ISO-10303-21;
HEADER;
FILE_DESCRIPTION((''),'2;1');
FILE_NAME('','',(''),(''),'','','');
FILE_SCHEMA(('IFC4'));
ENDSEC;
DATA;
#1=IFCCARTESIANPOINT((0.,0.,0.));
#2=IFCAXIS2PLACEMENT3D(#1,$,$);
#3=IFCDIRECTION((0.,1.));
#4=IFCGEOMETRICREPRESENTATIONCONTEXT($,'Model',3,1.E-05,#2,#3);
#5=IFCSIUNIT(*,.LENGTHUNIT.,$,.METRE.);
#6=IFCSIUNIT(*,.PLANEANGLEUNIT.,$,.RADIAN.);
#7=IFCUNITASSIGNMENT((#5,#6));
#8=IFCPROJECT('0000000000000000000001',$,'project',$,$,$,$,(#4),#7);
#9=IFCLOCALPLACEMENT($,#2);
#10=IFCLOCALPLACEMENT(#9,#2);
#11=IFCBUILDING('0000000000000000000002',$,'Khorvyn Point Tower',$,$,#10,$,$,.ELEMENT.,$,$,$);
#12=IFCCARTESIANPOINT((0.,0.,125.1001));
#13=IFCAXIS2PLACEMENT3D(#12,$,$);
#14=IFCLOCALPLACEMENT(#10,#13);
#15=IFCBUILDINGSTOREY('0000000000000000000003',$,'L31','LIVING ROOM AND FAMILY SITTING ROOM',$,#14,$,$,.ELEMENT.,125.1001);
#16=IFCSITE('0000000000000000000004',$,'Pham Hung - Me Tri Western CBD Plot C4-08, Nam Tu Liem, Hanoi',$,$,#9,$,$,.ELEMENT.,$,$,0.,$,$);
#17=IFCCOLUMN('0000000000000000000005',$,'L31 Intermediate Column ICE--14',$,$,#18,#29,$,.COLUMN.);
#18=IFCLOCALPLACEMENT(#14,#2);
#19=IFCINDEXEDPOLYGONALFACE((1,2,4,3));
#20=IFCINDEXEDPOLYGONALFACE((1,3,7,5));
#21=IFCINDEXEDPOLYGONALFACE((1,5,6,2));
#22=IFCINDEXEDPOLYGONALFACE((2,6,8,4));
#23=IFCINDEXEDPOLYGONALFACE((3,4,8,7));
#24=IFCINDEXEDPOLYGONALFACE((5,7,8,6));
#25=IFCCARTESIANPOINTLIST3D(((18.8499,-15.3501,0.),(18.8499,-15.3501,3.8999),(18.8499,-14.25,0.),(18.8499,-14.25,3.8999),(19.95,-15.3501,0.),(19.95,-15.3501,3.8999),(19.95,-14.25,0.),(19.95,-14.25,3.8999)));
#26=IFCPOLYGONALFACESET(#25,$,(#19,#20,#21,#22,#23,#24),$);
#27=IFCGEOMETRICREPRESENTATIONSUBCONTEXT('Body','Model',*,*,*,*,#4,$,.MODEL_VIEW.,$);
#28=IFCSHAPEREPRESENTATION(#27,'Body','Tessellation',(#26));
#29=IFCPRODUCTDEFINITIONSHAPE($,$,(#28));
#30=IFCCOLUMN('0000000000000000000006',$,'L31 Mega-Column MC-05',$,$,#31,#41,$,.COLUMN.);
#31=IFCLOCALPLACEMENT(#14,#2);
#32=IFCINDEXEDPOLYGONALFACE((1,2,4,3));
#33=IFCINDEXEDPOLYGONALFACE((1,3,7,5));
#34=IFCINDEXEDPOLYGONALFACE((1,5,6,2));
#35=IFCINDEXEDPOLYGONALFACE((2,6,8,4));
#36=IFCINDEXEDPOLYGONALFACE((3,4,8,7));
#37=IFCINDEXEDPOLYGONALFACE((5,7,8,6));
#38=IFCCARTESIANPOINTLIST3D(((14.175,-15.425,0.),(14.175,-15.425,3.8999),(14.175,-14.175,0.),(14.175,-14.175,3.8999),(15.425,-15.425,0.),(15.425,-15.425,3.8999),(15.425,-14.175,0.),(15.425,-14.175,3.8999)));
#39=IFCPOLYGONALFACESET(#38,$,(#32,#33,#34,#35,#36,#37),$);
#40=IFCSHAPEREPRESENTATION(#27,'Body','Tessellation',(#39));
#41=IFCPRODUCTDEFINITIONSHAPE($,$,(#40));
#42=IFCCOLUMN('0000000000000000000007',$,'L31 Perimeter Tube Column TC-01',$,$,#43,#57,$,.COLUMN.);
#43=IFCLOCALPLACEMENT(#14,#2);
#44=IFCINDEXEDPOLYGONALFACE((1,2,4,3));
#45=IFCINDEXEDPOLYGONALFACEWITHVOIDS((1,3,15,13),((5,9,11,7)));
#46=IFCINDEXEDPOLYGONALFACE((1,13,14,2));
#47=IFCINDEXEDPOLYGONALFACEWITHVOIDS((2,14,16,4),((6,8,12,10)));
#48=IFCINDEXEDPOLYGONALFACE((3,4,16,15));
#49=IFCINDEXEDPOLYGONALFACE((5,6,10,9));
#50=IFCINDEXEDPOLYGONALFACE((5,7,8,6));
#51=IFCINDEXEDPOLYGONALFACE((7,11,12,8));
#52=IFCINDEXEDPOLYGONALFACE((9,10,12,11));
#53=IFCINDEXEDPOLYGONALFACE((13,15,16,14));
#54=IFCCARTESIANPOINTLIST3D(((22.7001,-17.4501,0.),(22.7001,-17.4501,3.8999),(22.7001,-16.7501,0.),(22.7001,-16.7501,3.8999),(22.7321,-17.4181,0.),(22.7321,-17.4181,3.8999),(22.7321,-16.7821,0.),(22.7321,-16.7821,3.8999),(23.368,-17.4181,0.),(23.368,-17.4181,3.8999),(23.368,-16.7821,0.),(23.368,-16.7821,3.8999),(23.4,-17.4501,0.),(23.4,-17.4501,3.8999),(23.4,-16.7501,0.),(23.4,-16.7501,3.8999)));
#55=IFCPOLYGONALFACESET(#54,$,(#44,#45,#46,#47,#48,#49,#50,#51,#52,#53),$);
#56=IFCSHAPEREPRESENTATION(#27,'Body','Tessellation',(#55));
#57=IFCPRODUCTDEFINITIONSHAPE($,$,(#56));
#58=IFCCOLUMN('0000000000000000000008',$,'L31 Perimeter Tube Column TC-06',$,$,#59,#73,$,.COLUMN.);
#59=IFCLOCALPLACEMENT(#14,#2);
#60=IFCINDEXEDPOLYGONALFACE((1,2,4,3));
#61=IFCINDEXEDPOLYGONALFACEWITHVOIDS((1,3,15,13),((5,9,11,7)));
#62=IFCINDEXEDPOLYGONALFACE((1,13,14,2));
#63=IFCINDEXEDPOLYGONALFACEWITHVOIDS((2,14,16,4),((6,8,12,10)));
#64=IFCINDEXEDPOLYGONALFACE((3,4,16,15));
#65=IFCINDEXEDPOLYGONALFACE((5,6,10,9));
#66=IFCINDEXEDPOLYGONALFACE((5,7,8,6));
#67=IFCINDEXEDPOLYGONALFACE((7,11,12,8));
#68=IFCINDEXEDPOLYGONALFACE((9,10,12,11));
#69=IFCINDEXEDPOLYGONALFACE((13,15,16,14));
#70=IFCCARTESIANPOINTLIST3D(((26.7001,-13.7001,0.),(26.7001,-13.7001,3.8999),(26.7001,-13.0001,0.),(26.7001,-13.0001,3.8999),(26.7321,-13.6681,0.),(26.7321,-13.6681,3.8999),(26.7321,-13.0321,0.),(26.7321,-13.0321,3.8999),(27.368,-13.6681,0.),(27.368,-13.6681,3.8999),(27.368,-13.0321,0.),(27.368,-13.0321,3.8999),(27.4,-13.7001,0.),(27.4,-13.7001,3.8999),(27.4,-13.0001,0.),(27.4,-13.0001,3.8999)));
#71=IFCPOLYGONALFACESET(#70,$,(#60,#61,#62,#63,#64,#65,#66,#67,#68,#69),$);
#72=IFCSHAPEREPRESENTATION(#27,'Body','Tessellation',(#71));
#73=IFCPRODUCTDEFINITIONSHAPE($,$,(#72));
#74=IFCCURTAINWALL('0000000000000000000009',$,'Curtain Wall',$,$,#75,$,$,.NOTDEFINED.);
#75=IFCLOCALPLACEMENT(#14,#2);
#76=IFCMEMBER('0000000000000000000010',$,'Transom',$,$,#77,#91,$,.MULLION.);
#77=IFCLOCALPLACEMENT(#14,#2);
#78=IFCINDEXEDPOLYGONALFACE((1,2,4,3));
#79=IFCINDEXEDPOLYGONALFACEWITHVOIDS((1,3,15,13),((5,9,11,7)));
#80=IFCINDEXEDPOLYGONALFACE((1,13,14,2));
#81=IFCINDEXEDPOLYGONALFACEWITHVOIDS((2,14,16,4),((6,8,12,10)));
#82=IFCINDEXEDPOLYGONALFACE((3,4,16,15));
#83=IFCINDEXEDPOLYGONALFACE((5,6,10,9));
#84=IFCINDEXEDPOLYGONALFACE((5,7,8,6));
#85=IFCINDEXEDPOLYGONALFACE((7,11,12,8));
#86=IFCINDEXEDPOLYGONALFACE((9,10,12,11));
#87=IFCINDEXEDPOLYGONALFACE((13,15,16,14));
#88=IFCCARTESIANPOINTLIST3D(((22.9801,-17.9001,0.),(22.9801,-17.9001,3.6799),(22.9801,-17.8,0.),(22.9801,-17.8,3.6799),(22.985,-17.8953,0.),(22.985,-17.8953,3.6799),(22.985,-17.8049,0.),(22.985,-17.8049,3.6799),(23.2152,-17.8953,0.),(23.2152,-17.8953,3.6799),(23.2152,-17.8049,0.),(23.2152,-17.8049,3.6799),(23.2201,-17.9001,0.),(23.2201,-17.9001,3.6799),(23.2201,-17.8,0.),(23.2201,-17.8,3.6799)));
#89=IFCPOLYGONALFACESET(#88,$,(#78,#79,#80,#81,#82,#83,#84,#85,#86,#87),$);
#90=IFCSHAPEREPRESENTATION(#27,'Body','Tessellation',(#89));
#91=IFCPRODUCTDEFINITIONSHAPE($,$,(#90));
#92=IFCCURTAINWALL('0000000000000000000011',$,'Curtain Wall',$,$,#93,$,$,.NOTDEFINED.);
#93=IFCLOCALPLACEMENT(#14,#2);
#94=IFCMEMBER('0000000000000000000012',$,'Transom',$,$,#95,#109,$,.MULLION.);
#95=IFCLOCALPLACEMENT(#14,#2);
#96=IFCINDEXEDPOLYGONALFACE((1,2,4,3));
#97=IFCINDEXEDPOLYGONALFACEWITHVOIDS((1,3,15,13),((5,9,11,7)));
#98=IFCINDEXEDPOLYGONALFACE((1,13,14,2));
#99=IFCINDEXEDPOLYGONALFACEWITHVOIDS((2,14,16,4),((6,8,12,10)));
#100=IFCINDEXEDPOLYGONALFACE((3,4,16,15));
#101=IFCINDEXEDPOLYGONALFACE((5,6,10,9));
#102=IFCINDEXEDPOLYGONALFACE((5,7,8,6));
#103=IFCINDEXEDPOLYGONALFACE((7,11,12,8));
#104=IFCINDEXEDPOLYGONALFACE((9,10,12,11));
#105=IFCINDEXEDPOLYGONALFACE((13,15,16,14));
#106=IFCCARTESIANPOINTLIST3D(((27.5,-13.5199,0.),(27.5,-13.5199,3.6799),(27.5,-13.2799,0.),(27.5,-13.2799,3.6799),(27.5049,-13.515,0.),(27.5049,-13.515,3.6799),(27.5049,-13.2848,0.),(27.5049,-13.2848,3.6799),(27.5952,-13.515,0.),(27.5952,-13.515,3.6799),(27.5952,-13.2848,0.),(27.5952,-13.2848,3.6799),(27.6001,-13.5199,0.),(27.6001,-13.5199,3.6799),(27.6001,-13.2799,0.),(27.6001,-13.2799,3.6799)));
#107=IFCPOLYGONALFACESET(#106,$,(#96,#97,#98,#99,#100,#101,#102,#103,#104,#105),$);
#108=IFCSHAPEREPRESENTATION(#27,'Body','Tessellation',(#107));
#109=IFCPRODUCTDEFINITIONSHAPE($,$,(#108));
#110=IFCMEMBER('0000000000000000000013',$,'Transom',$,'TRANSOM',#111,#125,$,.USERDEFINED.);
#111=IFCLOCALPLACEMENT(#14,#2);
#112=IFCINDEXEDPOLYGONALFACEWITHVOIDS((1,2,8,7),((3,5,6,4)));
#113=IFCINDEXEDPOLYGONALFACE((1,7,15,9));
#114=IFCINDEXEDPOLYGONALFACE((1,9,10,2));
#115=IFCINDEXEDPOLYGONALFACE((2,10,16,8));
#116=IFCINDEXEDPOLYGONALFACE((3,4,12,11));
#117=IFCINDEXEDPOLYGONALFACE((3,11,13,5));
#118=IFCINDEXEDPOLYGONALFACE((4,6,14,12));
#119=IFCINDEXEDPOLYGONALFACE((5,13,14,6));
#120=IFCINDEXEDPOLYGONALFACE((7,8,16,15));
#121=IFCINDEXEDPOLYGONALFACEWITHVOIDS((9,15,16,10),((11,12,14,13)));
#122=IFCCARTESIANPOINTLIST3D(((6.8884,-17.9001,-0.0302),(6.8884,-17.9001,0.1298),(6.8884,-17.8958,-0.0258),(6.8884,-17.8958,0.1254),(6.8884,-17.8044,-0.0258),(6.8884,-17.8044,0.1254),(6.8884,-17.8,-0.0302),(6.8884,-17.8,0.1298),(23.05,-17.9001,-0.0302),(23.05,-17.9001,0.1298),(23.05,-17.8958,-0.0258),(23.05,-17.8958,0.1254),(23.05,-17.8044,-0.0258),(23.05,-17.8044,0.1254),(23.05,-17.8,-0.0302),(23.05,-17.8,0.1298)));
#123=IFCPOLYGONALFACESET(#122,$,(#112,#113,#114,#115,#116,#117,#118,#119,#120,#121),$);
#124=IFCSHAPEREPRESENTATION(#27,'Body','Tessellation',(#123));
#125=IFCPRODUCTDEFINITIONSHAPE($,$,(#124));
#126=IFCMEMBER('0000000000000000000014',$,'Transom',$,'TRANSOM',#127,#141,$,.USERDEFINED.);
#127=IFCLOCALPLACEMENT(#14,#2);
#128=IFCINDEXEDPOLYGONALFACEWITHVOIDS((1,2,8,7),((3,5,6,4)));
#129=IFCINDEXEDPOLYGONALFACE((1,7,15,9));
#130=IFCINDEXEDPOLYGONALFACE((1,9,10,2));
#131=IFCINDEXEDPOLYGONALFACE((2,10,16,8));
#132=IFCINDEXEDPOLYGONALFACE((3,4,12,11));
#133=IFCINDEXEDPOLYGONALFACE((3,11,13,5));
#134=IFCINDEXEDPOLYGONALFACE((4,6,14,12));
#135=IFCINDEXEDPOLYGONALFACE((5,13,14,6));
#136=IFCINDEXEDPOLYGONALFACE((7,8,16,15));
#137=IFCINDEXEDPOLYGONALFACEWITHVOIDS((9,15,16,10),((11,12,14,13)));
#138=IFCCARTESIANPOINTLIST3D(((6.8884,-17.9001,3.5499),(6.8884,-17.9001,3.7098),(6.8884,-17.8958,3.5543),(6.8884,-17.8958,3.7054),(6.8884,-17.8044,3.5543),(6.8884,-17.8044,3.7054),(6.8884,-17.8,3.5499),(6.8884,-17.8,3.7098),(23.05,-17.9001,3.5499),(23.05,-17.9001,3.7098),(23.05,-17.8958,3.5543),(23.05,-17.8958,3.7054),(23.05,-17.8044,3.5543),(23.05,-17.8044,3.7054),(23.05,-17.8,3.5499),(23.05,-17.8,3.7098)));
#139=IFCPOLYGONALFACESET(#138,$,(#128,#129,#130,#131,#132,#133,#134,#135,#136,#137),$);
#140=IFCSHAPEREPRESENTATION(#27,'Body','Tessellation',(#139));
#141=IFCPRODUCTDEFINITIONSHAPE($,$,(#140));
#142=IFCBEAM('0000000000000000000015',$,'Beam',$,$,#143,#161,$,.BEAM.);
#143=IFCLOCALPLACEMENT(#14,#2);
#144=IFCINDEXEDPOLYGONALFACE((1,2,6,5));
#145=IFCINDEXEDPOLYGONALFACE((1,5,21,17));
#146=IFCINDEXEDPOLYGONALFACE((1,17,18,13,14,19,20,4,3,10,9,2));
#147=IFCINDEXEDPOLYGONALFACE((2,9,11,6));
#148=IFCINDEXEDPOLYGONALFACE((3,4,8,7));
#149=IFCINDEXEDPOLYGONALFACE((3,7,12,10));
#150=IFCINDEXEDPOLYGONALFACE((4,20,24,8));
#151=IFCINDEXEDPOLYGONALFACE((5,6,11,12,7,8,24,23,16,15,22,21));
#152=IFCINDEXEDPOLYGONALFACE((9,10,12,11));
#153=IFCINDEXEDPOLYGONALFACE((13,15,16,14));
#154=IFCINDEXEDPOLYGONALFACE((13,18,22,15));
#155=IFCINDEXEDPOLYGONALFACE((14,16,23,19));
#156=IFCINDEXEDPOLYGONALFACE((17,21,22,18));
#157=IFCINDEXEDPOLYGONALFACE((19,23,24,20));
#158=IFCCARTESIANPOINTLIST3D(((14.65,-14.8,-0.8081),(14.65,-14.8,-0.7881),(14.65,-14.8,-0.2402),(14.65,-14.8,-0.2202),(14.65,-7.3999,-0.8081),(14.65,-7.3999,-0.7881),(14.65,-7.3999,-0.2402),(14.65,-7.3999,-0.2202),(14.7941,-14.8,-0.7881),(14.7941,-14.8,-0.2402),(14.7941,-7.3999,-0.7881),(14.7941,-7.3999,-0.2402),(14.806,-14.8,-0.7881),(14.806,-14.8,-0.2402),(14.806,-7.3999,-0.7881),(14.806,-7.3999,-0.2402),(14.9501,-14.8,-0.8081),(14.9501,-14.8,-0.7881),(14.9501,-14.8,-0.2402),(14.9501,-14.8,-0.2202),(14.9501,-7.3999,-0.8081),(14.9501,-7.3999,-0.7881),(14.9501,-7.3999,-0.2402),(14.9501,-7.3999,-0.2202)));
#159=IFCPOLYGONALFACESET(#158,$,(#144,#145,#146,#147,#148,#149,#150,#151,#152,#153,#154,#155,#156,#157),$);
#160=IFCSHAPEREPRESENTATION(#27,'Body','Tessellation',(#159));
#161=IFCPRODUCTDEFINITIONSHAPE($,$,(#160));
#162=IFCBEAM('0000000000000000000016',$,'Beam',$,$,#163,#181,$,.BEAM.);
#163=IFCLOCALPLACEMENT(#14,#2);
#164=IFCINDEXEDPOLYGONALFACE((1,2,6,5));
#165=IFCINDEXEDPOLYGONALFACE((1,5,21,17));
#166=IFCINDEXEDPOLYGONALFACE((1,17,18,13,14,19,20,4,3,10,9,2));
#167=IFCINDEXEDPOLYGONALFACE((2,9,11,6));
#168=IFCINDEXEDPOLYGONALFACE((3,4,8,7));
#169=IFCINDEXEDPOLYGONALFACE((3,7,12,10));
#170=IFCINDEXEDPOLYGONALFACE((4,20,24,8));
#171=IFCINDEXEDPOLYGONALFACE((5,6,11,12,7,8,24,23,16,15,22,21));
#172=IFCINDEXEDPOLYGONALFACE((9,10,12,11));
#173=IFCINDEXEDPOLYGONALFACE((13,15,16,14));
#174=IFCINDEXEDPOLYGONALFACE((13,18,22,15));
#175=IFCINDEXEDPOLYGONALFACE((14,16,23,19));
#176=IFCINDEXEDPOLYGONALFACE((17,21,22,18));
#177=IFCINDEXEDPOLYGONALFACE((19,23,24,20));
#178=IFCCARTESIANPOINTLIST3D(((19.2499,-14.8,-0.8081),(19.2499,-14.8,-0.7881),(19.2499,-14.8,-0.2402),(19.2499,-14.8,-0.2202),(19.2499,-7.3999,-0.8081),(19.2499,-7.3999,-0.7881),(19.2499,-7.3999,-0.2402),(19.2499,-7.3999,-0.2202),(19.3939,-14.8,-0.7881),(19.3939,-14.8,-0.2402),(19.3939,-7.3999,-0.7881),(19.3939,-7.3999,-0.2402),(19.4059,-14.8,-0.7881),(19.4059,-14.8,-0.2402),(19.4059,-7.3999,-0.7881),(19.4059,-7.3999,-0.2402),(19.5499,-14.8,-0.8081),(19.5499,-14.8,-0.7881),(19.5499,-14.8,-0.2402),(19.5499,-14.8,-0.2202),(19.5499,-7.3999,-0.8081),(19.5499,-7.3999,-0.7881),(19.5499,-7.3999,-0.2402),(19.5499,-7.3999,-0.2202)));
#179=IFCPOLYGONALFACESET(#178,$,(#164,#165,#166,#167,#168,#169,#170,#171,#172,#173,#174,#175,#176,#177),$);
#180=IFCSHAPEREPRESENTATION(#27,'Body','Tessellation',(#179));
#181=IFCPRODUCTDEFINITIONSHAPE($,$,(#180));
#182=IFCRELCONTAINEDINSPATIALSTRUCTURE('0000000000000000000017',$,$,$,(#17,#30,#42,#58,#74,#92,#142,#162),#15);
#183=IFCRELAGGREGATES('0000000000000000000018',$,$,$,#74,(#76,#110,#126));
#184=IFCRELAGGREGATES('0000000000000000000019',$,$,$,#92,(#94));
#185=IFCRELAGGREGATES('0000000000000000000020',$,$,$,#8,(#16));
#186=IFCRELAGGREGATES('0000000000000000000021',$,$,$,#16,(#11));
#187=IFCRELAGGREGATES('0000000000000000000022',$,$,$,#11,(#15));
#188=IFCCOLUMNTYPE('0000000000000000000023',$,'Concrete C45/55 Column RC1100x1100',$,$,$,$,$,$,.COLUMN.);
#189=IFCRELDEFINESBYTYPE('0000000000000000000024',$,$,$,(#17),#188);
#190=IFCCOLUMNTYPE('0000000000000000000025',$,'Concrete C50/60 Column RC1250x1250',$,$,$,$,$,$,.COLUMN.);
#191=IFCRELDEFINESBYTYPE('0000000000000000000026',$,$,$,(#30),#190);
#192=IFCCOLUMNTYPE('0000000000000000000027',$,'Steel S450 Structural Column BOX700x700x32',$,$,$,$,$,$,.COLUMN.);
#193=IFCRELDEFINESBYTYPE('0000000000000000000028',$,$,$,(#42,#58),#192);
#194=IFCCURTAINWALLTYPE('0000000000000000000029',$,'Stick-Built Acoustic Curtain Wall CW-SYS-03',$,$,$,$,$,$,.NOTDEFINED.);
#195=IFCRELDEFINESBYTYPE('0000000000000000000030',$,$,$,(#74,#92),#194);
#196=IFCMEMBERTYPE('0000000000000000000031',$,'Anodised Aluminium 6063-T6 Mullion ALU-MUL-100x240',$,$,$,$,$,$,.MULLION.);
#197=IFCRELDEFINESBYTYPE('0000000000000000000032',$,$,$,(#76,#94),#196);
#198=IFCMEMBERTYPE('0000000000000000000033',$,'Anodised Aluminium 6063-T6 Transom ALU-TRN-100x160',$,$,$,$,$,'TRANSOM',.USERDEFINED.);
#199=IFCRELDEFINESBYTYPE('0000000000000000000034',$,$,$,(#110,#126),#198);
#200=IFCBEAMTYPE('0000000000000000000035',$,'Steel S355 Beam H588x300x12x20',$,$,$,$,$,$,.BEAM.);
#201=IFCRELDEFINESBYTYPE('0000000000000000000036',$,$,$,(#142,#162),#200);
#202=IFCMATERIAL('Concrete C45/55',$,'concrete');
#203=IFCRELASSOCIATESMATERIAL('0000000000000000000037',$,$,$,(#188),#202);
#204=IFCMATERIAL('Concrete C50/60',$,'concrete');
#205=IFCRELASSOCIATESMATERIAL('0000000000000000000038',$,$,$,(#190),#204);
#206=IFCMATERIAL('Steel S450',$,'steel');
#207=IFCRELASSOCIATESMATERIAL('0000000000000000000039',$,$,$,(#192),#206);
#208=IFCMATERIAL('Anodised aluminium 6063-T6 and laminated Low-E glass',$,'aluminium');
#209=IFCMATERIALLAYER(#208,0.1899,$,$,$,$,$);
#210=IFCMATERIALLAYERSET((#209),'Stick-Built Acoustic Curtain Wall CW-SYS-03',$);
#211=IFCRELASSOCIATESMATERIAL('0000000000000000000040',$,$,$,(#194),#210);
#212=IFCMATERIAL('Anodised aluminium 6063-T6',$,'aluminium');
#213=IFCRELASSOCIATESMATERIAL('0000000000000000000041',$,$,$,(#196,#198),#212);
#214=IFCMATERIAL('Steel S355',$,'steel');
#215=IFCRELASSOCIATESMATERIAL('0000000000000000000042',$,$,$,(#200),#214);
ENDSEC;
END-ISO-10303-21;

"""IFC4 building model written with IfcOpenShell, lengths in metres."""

from ifc_helpers import new_model, si_unit, direction, frame, origin, origin_2d, place, context, subcontext, project, spatial, rectangle, hollow_rectangle, i_section, extrude, material, layer, layer_set, material_profile, profile_set, type_object, element, aggregate, save


model = new_model("IFC4")

# Units and contexts
model_context = context("Model", 3, precision=1e-05, world=origin(), true_north=direction((0.0, 1.0)))
body_context = subcontext(model_context, "Body", "Model", "MODEL_VIEW")
ifc_project = project(units=[si_unit("LENGTHUNIT", "METRE"), si_unit("PLANEANGLEUNIT", "RADIAN")], contexts=[model_context])

# Site, building, storey
site_placement = place(None, origin())
site = spatial("IfcSite", under=ifc_project, at=site_placement, Name="Pham Hung - Me Tri Western CBD Plot C4-08, Nam Tu Liem, Hanoi", CompositionType="ELEMENT", RefElevation=0.0)
building_placement = place(site_placement, origin())
building = spatial("IfcBuilding", under=site, at=building_placement, Name="Khorvyn Point Tower", CompositionType="ELEMENT")
storey_placement = place(building_placement, frame((0.0, 0.0, 125.1001)))
storey = spatial("IfcBuildingStorey", under=building, at=storey_placement, Name="L31", Description="LIVING ROOM AND FAMILY SITTING ROOM", CompositionType="ELEMENT", Elevation=125.1001)

# Columns
ifc_material_1 = material(Name="Concrete C45/55", Category="concrete")
ifc_material_profile_1 = material_profile(ifc_material_1, rectangle(XDim=1.1001, YDim=1.1001, at=origin_2d()))
ifc_profile_set_1 = profile_set([ifc_material_profile_1], Name="Concrete C45/55 RC1100x1100")
column_type_1 = type_object("IfcColumnType", Name="Concrete C45/55 Column RC1100x1100", PredefinedType="COLUMN", material=ifc_profile_set_1)
column_1_placement = place(storey_placement, frame((19.3999, -14.8, 0.0), z_axis=(0.0, 0.0, 1.0), x_axis=(1.0, 0.0, 0.0)))
element("IfcColumn", 1, at=column_1_placement, inside=storey, type_object=column_type_1, Name="L31 Intermediate Column ICE--14", PredefinedType="COLUMN", context=body_context, shape_type="SweptSolid", body=[
    extrude(rectangle(XDim=1.1001, YDim=1.1001, at=origin_2d()), origin(), (0.0, 0.0, 1.0), 3.8999),
])
ifc_material_2 = material(Name="Concrete C50/60", Category="concrete")
ifc_material_profile_2 = material_profile(ifc_material_2, rectangle(XDim=1.25, YDim=1.25, at=origin_2d()))
ifc_profile_set_2 = profile_set([ifc_material_profile_2], Name="Concrete C50/60 RC1250x1250")
column_type_2 = type_object("IfcColumnType", Name="Concrete C50/60 Column RC1250x1250", PredefinedType="COLUMN", material=ifc_profile_set_2)
column_2_placement = place(storey_placement, frame((14.8, -14.8, 0.0), z_axis=(0.0, 0.0, 1.0), x_axis=(1.0, 0.0, 0.0)))
element("IfcColumn", 2, at=column_2_placement, inside=storey, type_object=column_type_2, Name="L31 Mega-Column MC-05", PredefinedType="COLUMN", context=body_context, shape_type="SweptSolid", body=[
    extrude(rectangle(XDim=1.25, YDim=1.25, at=origin_2d()), origin(), (0.0, 0.0, 1.0), 3.8999),
])
ifc_material_3 = material(Name="Steel S450", Category="steel")
ifc_material_profile_3 = material_profile(ifc_material_3, hollow_rectangle(XDim=0.7, YDim=0.7, WallThickness=0.032, at=origin_2d()))
ifc_profile_set_3 = profile_set([ifc_material_profile_3], Name="Steel S450 BOX700x700x32")
column_type_3 = type_object("IfcColumnType", Name="Steel S450 Structural Column BOX700x700x32", PredefinedType="COLUMN", material=ifc_profile_set_3)
for number, where, z_axis, x_axis, name in (
    (3, (23.05, -17.1001, 0.0), (0.0, 0.0, 1.0), (1.0, 0.0, 0.0), "L31 Perimeter Tube Column TC-01"),
    (4, (27.05, -13.3501, 0.0), (0.0, 0.0, 1.0), (1.0, 0.0, 0.0), "L31 Perimeter Tube Column TC-06"),
):
    element("IfcColumn", number, at=place(storey_placement, frame(where, z_axis=z_axis, x_axis=x_axis)), inside=storey, type_object=column_type_3, Name=name, PredefinedType="COLUMN", context=body_context, shape_type="SweptSolid", body=[
        extrude(hollow_rectangle(XDim=0.7, YDim=0.7, WallThickness=0.032, at=origin_2d()), origin(), (0.0, 0.0, 1.0), 3.8999),
    ])

# Curtain walls, members
ifc_material_4 = material(Name="Anodised aluminium 6063-T6 and laminated Low-E glass", Category="aluminium")
ifc_layer_1 = layer(ifc_material_4, 0.1899)
ifc_layer_set_1 = layer_set([ifc_layer_1], Name="Stick-Built Acoustic Curtain Wall CW-SYS-03")
curtain_wall_type = type_object("IfcCurtainWallType", Name="Stick-Built Acoustic Curtain Wall CW-SYS-03", PredefinedType="NOTDEFINED", material=ifc_layer_set_1)
curtain_wall_1_placement = place(storey_placement, origin())
curtain_wall_1 = element("IfcCurtainWall", 5, at=curtain_wall_1_placement, inside=storey, type_object=curtain_wall_type, Name="Curtain Wall", PredefinedType="NOTDEFINED")
ifc_material_5 = material(Name="Anodised aluminium 6063-T6", Category="aluminium")
ifc_material_profile_4 = material_profile(ifc_material_5, hollow_rectangle(XDim=0.1001, YDim=0.24, WallThickness=0.0049, at=origin_2d()))
ifc_profile_set_4 = profile_set([ifc_material_profile_4], Name="Anodised aluminium 6063-T6 ALU-MUL-100x240")
member_type_1 = type_object("IfcMemberType", Name="Anodised Aluminium 6063-T6 Mullion ALU-MUL-100x240", PredefinedType="MULLION", material=ifc_profile_set_4)
member_1_placement = place(storey_placement, frame((23.1001, -17.8501, 0.0), z_axis=(0.0, 0.0, 1.0), x_axis=(0.0, -1.0, 0.0)))
member_1 = element("IfcMember", 6, at=member_1_placement, type_object=member_type_1, Name="Transom", PredefinedType="MULLION", context=body_context, shape_type="SweptSolid", body=[
    extrude(hollow_rectangle(XDim=0.1001, YDim=0.24, WallThickness=0.0049, at=origin_2d()), origin(), (0.0, 0.0, 1.0), 3.6799),
])
curtain_wall_2_placement = place(storey_placement, origin())
curtain_wall_2 = element("IfcCurtainWall", 7, at=curtain_wall_2_placement, inside=storey, type_object=curtain_wall_type, Name="Curtain Wall", PredefinedType="NOTDEFINED")
member_2_placement = place(storey_placement, frame((27.55, -13.3999, 0.0), z_axis=(0.0, 0.0, 1.0), x_axis=(1.0, 0.0, 0.0)))
member_2 = element("IfcMember", 8, at=member_2_placement, type_object=member_type_1, Name="Transom", PredefinedType="MULLION", context=body_context, shape_type="SweptSolid", body=[
    extrude(hollow_rectangle(XDim=0.1001, YDim=0.24, WallThickness=0.0049, at=origin_2d()), origin(), (0.0, 0.0, 1.0), 3.6799),
])

# Members
ifc_material_profile_5 = material_profile(ifc_material_5, hollow_rectangle(XDim=0.1001, YDim=0.1599, WallThickness=0.0044, at=origin_2d()))
ifc_profile_set_5 = profile_set([ifc_material_profile_5], Name="Anodised aluminium 6063-T6 ALU-TRN-100x160")
member_type_2 = type_object("IfcMemberType", Name="Anodised Aluminium 6063-T6 Transom ALU-TRN-100x160", ElementType="TRANSOM", PredefinedType="USERDEFINED", material=ifc_profile_set_5)
member_3_placement = place(storey_placement, frame((23.05, -17.8501, 0.0498), z_axis=(-1.0, 0.0, 0.0), x_axis=(0.0, -1.0, 0.0)))
member_3 = element("IfcMember", 9, at=member_3_placement, type_object=member_type_2, Name="Transom", ObjectType="TRANSOM", PredefinedType="USERDEFINED", context=body_context, shape_type="SweptSolid", body=[
    extrude(hollow_rectangle(XDim=0.1001, YDim=0.1599, WallThickness=0.0044, at=origin_2d()), origin(), (0.0, 0.0, 1.0), 16.1616),
])
member_4_placement = place(storey_placement, frame((23.05, -17.8501, 3.6299), z_axis=(-1.0, 0.0, 0.0), x_axis=(0.0, -1.0, 0.0)))
member_4 = element("IfcMember", 10, at=member_4_placement, type_object=member_type_2, Name="Transom", ObjectType="TRANSOM", PredefinedType="USERDEFINED", context=body_context, shape_type="SweptSolid", body=[
    extrude(hollow_rectangle(XDim=0.1001, YDim=0.1599, WallThickness=0.0044, at=origin_2d()), origin(), (0.0, 0.0, 1.0), 16.1616),
])

# Beams
ifc_material_6 = material(Name="Steel S355", Category="steel")
ifc_material_profile_6 = material_profile(ifc_material_6, i_section(OverallWidth=0.3, OverallDepth=0.5879, WebThickness=0.012, FlangeThickness=0.02, at=origin_2d()))
ifc_profile_set_6 = profile_set([ifc_material_profile_6], Name="Steel S355 H588x300x12x20")
beam_type_1 = type_object("IfcBeamType", Name="Steel S355 Beam H588x300x12x20", PredefinedType="BEAM", material=ifc_profile_set_6)
for number, where, z_axis, x_axis, name in (
    (11, (14.8, -14.8, -0.5142), (0.0, 1.0, 0.0), (-1.0, 0.0, 0.0), "Beam"),
    (12, (19.3999, -14.8, -0.5142), (0.0, 1.0, 0.0), (-1.0, 0.0, 0.0), "Beam"),
):
    element("IfcBeam", number, at=place(storey_placement, frame(where, z_axis=z_axis, x_axis=x_axis)), inside=storey, type_object=beam_type_1, Name=name, PredefinedType="BEAM", context=body_context, shape_type="SweptSolid", body=[
        extrude(i_section(OverallWidth=0.3, OverallDepth=0.5879, WebThickness=0.012, FlangeThickness=0.02, at=origin_2d()), origin(), (0.0, 0.0, 1.0), 7.4001),
    ])

aggregate(curtain_wall_1, [member_1, member_3, member_4])
aggregate(curtain_wall_2, [member_2])

save(model, "model.ifc")
